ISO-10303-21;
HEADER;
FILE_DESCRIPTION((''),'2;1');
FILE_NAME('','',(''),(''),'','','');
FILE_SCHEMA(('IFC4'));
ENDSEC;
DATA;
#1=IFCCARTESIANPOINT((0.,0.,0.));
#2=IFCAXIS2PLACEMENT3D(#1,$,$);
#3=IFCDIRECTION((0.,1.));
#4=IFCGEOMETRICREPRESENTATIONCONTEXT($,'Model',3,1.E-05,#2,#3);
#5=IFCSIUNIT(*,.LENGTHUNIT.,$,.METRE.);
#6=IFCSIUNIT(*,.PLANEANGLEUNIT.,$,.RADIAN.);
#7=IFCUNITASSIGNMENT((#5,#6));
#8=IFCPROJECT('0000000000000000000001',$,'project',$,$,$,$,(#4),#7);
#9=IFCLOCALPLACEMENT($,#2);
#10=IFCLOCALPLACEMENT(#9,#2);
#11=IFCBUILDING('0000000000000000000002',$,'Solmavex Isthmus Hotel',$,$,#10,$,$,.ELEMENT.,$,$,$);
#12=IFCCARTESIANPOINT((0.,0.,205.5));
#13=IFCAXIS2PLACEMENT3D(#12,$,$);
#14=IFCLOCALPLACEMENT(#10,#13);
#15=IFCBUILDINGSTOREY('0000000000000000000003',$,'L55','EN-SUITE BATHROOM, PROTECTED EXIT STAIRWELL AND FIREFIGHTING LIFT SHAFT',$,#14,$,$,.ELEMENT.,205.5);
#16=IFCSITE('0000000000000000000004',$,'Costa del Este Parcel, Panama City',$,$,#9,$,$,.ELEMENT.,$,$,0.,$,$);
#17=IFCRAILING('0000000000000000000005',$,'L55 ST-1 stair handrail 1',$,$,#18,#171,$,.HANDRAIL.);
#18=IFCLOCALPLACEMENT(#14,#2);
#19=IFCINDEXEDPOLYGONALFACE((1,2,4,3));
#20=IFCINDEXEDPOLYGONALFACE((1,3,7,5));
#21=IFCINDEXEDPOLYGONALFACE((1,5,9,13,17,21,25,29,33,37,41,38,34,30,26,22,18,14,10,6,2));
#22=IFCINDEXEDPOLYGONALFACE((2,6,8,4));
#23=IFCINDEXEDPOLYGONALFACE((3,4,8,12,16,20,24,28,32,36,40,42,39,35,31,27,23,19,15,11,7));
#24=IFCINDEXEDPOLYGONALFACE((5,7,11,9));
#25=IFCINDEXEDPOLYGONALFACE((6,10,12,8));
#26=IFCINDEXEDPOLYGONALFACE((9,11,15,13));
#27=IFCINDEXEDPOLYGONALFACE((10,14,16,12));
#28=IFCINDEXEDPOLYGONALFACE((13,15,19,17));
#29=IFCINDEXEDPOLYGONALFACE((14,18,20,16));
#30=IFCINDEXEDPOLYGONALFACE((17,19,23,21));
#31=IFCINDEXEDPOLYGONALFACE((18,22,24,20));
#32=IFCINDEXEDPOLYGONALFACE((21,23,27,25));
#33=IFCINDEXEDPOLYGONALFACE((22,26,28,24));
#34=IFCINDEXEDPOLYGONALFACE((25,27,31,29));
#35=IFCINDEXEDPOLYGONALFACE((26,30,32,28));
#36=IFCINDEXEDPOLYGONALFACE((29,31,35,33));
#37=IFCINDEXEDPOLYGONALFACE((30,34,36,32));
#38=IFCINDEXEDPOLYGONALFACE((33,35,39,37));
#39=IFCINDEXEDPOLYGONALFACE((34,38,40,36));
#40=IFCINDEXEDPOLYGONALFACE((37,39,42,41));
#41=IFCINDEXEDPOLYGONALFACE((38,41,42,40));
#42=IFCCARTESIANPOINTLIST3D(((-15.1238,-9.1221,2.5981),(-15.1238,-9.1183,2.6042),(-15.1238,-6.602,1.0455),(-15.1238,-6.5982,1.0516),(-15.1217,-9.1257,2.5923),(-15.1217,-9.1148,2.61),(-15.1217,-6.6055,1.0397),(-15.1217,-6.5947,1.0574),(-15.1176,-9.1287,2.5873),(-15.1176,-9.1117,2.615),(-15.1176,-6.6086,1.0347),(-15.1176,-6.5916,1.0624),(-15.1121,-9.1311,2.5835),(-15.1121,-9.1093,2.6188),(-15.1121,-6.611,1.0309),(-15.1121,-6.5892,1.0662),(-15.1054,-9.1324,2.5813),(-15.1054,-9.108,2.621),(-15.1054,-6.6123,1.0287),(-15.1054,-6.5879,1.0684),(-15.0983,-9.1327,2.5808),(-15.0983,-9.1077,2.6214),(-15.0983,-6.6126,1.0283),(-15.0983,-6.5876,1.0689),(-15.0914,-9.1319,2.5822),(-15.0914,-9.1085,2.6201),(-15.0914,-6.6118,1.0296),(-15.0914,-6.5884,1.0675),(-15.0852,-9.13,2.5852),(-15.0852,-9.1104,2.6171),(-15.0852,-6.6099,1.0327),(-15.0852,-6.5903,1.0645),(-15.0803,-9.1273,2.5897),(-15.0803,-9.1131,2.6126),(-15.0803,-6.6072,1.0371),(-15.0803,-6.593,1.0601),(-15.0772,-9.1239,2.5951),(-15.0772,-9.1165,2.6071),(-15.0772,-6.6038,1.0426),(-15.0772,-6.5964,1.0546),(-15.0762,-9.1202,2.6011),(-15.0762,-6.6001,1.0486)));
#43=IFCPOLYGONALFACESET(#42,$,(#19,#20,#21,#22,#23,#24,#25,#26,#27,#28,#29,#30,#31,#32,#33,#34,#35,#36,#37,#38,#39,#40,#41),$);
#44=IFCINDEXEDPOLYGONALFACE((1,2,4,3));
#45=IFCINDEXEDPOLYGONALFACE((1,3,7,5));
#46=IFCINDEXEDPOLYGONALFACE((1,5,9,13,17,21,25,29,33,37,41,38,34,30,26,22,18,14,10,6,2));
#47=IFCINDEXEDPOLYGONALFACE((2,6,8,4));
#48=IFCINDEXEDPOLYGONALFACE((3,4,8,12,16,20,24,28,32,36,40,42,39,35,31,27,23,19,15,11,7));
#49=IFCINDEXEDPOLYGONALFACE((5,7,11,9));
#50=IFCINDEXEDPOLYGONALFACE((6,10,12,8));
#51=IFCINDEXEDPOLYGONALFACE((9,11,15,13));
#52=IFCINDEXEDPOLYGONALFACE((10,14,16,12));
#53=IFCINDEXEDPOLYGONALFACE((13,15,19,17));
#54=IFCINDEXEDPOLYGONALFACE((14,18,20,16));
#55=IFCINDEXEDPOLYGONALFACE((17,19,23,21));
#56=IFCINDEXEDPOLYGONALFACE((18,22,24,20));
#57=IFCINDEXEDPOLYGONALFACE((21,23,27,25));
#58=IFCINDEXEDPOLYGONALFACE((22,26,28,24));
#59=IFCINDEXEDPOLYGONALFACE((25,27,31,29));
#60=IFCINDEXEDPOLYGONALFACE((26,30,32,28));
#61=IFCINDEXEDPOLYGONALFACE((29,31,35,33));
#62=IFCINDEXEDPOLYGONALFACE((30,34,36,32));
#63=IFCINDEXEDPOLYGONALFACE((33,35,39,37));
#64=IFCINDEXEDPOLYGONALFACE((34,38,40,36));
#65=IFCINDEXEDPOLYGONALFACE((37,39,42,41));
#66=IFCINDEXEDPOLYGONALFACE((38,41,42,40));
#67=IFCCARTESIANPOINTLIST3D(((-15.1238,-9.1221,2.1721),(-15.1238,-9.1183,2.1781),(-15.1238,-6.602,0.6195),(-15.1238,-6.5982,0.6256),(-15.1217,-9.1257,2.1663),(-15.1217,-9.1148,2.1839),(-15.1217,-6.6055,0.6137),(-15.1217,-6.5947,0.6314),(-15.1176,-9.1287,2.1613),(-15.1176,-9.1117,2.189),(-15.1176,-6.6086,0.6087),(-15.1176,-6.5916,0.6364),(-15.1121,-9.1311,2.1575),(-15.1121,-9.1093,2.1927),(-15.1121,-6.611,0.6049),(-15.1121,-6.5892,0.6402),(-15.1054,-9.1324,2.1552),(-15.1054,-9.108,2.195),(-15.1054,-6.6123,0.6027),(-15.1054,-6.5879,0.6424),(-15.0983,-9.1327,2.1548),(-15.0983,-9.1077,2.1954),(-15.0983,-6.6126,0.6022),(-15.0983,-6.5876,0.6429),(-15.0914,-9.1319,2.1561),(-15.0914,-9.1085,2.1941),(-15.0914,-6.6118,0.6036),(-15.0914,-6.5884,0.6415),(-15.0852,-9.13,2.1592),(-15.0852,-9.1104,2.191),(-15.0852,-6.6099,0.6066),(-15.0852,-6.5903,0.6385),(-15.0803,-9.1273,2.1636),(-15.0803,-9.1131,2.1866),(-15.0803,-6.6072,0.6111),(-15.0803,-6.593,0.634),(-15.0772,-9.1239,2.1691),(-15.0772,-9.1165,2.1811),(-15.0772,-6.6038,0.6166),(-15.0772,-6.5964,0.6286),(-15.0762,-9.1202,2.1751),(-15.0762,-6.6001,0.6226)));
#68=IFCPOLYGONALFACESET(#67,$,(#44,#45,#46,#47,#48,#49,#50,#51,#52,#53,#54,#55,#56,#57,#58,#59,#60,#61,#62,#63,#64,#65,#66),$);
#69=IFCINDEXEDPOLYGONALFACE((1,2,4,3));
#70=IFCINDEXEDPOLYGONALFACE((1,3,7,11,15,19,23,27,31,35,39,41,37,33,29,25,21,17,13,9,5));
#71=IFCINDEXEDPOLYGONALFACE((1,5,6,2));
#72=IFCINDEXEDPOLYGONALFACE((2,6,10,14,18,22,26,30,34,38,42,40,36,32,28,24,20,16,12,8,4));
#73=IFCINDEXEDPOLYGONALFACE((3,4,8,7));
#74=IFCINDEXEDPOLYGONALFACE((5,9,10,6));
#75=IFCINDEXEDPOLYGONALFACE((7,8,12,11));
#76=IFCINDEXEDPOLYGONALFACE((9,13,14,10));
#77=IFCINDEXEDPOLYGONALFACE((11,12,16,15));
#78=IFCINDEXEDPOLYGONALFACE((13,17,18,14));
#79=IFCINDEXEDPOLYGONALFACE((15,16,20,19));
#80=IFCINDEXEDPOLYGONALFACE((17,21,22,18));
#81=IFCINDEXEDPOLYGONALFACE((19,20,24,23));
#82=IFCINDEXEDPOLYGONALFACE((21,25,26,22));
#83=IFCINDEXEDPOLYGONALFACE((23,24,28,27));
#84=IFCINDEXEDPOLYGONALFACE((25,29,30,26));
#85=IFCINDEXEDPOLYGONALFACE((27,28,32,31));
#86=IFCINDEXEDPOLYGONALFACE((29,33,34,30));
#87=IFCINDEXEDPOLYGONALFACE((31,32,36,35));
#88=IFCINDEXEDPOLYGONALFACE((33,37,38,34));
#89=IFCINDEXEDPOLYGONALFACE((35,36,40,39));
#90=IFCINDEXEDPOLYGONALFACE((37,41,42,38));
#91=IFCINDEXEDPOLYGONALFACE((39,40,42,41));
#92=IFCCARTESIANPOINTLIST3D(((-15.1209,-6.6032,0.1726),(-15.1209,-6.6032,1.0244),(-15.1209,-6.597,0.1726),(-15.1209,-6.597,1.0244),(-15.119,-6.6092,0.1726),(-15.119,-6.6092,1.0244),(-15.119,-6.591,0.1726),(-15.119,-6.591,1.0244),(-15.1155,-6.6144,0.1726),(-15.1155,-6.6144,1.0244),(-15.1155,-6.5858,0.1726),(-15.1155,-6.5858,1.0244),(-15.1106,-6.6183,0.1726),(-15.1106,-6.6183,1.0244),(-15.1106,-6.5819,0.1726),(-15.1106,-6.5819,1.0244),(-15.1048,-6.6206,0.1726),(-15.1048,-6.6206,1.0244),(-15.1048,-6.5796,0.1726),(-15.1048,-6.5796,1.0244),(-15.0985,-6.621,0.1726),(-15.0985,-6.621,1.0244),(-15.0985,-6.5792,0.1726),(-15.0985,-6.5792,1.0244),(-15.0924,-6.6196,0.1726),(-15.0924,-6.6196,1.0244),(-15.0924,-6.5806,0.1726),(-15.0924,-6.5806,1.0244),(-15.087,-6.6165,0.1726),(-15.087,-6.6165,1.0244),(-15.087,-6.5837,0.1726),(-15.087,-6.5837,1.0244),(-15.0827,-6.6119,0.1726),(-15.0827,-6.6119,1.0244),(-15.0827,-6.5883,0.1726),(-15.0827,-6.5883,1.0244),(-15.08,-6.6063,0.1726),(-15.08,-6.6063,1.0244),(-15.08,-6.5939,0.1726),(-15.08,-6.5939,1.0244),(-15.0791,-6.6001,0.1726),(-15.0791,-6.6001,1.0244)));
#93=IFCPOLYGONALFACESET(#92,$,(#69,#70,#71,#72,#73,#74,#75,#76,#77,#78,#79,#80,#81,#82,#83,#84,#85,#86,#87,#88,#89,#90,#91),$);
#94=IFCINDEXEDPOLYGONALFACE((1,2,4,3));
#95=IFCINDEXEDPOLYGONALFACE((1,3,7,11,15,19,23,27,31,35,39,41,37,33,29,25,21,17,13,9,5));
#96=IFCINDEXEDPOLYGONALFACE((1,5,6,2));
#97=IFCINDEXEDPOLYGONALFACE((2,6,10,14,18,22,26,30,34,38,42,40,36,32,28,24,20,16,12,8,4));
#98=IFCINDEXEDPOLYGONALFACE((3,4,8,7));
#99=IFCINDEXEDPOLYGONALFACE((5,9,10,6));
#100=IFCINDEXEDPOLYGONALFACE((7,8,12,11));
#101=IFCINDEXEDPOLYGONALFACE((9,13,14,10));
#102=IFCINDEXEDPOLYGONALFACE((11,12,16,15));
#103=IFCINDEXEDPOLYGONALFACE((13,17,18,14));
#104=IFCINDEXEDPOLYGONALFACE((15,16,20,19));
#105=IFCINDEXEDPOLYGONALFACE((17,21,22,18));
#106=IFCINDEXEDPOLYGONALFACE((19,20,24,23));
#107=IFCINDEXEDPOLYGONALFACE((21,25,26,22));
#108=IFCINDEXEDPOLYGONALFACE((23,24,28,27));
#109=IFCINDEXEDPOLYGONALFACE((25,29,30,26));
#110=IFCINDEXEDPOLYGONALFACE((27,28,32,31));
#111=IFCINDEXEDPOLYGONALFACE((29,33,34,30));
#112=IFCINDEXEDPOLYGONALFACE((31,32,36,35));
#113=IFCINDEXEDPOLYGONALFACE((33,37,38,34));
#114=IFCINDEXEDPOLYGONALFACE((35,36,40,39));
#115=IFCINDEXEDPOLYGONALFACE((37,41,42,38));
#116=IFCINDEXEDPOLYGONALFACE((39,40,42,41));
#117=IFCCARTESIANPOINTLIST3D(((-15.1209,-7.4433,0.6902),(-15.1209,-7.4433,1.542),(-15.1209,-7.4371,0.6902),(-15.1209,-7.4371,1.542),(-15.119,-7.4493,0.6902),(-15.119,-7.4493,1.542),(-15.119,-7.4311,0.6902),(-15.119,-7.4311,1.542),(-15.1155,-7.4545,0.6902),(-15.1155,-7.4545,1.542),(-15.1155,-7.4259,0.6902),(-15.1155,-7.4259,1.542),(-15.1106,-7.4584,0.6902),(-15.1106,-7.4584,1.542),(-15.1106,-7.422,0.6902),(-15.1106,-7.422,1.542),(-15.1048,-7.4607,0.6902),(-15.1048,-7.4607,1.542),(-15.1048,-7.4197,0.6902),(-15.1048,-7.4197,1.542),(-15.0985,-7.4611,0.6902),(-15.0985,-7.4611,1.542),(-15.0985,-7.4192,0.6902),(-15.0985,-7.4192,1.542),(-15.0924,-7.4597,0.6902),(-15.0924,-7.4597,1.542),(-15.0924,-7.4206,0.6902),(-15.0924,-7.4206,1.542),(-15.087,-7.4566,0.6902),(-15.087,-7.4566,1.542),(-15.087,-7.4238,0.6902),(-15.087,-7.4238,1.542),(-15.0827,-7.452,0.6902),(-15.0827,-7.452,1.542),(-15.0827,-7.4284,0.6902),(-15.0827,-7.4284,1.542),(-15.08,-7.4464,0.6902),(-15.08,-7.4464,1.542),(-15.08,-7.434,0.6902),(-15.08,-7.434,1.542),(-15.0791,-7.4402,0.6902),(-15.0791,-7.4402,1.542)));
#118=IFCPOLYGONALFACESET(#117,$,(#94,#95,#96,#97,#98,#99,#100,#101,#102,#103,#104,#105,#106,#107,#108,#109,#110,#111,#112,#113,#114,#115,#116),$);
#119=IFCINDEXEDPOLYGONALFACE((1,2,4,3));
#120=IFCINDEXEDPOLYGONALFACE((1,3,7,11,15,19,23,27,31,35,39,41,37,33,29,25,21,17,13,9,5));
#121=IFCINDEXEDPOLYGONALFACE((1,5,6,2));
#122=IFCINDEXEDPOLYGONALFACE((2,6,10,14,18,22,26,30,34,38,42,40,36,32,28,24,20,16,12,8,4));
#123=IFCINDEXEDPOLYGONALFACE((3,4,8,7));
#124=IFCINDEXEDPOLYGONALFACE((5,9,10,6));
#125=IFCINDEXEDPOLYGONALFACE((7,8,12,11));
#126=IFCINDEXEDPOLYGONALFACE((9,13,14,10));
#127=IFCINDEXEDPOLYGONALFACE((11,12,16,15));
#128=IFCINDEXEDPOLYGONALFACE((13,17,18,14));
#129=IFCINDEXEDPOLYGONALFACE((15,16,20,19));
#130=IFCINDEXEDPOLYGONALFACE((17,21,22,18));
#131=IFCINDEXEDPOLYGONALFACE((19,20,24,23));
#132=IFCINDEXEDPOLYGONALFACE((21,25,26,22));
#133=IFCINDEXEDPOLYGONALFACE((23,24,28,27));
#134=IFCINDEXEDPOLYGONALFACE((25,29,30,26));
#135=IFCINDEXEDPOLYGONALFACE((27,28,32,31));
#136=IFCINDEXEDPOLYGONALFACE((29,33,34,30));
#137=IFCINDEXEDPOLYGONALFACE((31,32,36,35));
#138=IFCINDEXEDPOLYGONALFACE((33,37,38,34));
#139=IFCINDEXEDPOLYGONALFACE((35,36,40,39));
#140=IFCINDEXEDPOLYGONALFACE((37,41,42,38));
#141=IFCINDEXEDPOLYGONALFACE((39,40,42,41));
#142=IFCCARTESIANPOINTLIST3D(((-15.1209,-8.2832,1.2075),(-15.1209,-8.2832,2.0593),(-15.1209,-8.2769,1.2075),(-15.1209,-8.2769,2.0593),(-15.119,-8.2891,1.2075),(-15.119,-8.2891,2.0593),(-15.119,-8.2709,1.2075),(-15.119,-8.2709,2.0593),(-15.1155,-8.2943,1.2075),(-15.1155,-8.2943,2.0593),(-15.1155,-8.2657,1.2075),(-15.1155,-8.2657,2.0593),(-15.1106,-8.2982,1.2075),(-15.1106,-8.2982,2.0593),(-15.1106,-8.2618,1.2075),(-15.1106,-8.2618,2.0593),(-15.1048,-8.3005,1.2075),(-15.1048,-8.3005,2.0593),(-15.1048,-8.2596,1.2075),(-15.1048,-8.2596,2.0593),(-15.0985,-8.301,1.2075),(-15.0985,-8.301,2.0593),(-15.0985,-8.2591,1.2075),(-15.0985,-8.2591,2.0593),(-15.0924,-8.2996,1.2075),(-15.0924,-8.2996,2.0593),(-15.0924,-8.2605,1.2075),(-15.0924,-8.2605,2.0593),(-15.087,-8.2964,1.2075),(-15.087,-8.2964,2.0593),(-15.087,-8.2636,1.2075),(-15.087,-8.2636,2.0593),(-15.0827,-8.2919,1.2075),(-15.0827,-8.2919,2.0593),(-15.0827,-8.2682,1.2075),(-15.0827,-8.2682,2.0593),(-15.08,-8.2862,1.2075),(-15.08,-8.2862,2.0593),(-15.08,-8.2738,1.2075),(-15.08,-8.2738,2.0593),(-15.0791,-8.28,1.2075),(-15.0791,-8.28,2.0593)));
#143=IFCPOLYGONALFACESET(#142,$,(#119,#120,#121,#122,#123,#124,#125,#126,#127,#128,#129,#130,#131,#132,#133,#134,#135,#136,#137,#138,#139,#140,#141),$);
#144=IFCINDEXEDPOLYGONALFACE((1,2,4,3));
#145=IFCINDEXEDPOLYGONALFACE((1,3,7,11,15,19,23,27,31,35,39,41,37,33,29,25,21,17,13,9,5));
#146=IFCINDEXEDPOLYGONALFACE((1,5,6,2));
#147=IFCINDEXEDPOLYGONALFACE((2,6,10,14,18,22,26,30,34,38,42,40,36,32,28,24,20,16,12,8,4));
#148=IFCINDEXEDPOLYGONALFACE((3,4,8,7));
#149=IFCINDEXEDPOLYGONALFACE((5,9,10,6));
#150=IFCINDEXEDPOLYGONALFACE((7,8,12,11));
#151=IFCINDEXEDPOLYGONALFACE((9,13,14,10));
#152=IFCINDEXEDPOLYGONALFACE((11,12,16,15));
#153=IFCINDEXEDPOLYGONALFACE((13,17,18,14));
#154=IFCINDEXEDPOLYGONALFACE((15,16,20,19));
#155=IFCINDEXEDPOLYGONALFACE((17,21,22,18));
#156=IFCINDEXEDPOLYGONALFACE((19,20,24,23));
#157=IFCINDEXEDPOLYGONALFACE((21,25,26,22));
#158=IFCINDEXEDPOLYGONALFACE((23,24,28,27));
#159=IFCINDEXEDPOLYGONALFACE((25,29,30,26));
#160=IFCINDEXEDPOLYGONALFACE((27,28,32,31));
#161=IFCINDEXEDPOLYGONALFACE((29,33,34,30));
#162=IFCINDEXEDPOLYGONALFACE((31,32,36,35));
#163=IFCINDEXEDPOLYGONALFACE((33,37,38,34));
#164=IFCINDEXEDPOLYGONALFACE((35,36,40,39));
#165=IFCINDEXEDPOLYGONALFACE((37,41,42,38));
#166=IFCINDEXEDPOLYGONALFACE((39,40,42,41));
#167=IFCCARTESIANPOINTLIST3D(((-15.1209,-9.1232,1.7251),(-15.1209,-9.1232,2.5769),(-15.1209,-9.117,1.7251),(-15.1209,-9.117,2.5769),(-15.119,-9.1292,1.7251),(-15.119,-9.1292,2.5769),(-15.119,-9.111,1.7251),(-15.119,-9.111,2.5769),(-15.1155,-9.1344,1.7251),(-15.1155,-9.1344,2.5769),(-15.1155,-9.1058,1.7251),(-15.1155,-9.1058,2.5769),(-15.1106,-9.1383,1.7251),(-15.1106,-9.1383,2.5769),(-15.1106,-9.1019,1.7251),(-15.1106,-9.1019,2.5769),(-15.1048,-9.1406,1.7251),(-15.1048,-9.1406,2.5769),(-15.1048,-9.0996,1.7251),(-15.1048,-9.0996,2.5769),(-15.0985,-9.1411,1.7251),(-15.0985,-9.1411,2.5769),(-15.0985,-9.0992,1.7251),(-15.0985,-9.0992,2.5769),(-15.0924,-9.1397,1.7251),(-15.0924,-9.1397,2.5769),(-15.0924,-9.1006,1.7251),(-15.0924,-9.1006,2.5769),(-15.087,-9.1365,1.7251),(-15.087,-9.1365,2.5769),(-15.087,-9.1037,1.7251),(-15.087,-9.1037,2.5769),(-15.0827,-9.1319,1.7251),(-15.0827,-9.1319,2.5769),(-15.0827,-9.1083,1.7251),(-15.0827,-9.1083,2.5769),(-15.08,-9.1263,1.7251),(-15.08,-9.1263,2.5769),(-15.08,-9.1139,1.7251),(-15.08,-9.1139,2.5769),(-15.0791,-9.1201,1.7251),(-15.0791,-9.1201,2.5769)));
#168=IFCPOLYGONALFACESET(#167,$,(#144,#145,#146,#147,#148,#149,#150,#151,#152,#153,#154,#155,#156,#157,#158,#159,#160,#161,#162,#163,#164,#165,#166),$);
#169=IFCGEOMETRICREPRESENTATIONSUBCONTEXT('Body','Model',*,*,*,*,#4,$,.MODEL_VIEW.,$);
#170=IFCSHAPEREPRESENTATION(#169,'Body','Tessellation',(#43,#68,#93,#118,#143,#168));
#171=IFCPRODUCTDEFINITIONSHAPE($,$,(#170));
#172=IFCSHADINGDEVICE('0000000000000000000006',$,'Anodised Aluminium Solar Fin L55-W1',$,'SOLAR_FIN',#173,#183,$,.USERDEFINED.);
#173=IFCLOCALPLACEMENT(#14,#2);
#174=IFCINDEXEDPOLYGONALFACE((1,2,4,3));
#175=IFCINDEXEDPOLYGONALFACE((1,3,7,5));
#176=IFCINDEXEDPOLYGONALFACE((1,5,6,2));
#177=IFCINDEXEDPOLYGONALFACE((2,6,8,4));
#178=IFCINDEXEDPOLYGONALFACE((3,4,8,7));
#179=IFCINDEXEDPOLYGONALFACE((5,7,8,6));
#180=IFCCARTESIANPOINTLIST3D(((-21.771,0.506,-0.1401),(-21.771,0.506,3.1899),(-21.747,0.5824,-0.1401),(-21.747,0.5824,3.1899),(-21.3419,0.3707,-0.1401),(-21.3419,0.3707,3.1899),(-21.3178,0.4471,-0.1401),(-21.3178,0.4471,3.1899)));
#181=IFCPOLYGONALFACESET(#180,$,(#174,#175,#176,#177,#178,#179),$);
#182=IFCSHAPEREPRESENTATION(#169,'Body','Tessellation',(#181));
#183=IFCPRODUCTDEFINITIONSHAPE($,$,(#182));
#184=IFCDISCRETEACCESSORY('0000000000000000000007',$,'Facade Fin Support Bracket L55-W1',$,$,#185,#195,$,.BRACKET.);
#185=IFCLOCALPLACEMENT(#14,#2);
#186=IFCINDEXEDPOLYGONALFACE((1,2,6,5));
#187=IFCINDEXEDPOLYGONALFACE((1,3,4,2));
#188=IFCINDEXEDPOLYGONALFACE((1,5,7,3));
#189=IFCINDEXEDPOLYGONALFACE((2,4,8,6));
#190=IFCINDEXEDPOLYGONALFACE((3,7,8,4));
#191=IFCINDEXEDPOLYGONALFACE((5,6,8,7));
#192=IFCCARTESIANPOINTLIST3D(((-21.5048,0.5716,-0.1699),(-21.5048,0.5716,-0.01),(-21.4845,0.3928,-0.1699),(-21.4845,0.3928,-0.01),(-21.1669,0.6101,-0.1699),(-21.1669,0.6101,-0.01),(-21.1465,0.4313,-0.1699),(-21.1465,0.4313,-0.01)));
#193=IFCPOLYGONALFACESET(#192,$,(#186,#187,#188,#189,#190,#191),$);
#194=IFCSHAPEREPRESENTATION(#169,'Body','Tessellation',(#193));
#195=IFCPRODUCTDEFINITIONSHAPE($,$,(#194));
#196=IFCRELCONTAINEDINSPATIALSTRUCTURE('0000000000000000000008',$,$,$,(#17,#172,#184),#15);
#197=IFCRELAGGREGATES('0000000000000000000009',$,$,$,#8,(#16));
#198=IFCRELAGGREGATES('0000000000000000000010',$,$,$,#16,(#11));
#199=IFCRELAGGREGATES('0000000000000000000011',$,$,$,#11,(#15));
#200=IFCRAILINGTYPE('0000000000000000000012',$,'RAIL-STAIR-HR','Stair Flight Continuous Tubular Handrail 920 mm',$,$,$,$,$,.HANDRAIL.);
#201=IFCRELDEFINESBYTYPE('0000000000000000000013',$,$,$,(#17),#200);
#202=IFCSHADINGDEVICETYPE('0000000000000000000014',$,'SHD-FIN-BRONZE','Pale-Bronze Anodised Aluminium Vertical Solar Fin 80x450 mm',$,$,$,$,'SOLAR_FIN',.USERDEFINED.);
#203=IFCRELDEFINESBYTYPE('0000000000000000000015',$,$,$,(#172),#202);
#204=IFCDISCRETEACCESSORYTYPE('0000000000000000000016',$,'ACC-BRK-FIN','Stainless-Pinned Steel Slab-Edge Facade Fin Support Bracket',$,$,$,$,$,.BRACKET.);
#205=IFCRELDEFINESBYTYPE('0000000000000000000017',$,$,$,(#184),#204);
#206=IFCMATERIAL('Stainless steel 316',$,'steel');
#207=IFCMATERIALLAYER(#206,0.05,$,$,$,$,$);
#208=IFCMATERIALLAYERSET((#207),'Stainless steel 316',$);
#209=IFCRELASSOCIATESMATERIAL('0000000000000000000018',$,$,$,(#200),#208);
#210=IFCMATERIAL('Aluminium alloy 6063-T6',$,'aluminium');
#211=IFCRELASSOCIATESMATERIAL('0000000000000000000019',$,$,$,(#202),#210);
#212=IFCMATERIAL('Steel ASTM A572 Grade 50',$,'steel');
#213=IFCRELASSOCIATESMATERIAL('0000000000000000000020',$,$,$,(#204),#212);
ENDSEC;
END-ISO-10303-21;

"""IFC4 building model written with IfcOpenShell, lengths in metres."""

from ifc_helpers import new_model, si_unit, direction, frame, origin, origin_2d, place, context, subcontext, project, spatial, rectangle, circle, extrude, material, layer, layer_set, type_object, element, save


model = new_model("IFC4")

# Units and contexts
model_context = context("Model", 3, precision=1e-05, world=origin(), true_north=direction((0.0, 1.0)))
body_context = subcontext(model_context, "Body", "Model", "MODEL_VIEW")
ifc_project = project(units=[si_unit("LENGTHUNIT", "METRE"), si_unit("PLANEANGLEUNIT", "RADIAN")], contexts=[model_context])

# Site, building, storey
site_placement = place(None, origin())
site = spatial("IfcSite", under=ifc_project, at=site_placement, Name="Costa del Este Parcel, Panama City", CompositionType="ELEMENT", RefElevation=0.0)
building_placement = place(site_placement, origin())
building = spatial("IfcBuilding", under=site, at=building_placement, Name="Solmavex Isthmus Hotel", CompositionType="ELEMENT")
storey_placement = place(building_placement, frame((0.0, 0.0, 205.5)))
storey = spatial("IfcBuildingStorey", under=building, at=storey_placement, Name="L55", Description="EN-SUITE BATHROOM, PROTECTED EXIT STAIRWELL AND FIREFIGHTING LIFT SHAFT", CompositionType="ELEMENT", Elevation=205.5)

# Shared definitions
ifc_material_1 = material(Name="Aluminium alloy 6063-T6", Category="aluminium")

# Railing
ifc_material_2 = material(Name="Stainless steel 316", Category="steel")
ifc_layer_1 = layer(ifc_material_2, 0.05)
ifc_layer_set_1 = layer_set([ifc_layer_1], Name="Stainless steel 316")
railing_type_1 = type_object("IfcRailingType", Name="RAIL-STAIR-HR", Description="Stair Flight Continuous Tubular Handrail 920 mm", PredefinedType="HANDRAIL", material=ifc_layer_set_1)
railing_1_placement = place(storey_placement, frame((-15.1001, -6.6001, 0.1726)))
element("IfcRailing", 1, at=railing_1_placement, inside=storey, type_object=railing_type_1, Name="L55 ST-1 stair handrail 1", PredefinedType="HANDRAIL", context=body_context, shape_type="SweptSolid", body=[
    extrude(circle(Radius=0.0239, at=origin_2d()), frame((0.0, 0.0, 0.876), z_axis=(0.0, -0.8514, 0.524516), x_axis=(1.0, 0.0, 0.0)), (0.0, 0.0, 1.0), 2.96),
    extrude(circle(Radius=0.0239, at=origin_2d()), frame((0.0, 0.0, 0.45), z_axis=(0.0, -0.8514, 0.524516), x_axis=(1.0, 0.0, 0.0)), (0.0, 0.0, 1.0), 2.96),
    extrude(circle(Radius=0.021, at=origin_2d()), origin(), (0.0, 0.0, 1.0), 0.8518),
    extrude(circle(Radius=0.021, at=origin_2d()), frame((0.0, -0.8401, 0.5176)), (0.0, 0.0, 1.0), 0.8518),
    extrude(circle(Radius=0.021, at=origin_2d()), frame((0.0, -1.6799, 1.0349)), (0.0, 0.0, 1.0), 0.8518),
    extrude(circle(Radius=0.021, at=origin_2d()), frame((0.0, -2.52, 1.5525)), (0.0, 0.0, 1.0), 0.8518),
])

# Shading device
shading_device_type = type_object("IfcShadingDeviceType", Name="SHD-FIN-BRONZE", Description="Pale-Bronze Anodised Aluminium Vertical Solar Fin 80x450 mm", ElementType="SOLAR_FIN", PredefinedType="USERDEFINED", material=ifc_material_1)
shading_device_placement = place(storey_placement, frame((-21.5444, 0.4766, -0.1401), z_axis=(0.0, 0.0, 1.0), x_axis=(-0.953717, 0.300706, 0.0)))
element("IfcShadingDevice", 2, at=shading_device_placement, inside=storey, type_object=shading_device_type, Name="Anodised Aluminium Solar Fin L55-W1", ObjectType="SOLAR_FIN", PredefinedType="USERDEFINED", context=body_context, shape_type="SweptSolid", body=[
    extrude(rectangle(XDim=0.45, YDim=0.0801, at=origin_2d()), origin(), (0.0, 0.0, 1.0), 3.3301),
])

# Discrete accessory
ifc_material_3 = material(Name="Steel ASTM A572 Grade 50", Category="steel")
discrete_accessory_type = type_object("IfcDiscreteAccessoryType", Name="ACC-BRK-FIN", Description="Stainless-Pinned Steel Slab-Edge Facade Fin Support Bracket", PredefinedType="BRACKET", material=ifc_material_3)
discrete_accessory_placement = place(storey_placement, frame((-21.3257, 0.5015, -0.1699), z_axis=(0.0, 0.0, 1.0), x_axis=(-0.993572, -0.113203, 0.0)))
element("IfcDiscreteAccessory", 3, at=discrete_accessory_placement, inside=storey, type_object=discrete_accessory_type, Name="Facade Fin Support Bracket L55-W1", PredefinedType="BRACKET", context=body_context, shape_type="SweptSolid", body=[
    extrude(rectangle(XDim=0.3401, YDim=0.1799, at=origin_2d()), origin(), (0.0, 0.0, 1.0), 0.1599),
])

save(model, "model.ifc")
